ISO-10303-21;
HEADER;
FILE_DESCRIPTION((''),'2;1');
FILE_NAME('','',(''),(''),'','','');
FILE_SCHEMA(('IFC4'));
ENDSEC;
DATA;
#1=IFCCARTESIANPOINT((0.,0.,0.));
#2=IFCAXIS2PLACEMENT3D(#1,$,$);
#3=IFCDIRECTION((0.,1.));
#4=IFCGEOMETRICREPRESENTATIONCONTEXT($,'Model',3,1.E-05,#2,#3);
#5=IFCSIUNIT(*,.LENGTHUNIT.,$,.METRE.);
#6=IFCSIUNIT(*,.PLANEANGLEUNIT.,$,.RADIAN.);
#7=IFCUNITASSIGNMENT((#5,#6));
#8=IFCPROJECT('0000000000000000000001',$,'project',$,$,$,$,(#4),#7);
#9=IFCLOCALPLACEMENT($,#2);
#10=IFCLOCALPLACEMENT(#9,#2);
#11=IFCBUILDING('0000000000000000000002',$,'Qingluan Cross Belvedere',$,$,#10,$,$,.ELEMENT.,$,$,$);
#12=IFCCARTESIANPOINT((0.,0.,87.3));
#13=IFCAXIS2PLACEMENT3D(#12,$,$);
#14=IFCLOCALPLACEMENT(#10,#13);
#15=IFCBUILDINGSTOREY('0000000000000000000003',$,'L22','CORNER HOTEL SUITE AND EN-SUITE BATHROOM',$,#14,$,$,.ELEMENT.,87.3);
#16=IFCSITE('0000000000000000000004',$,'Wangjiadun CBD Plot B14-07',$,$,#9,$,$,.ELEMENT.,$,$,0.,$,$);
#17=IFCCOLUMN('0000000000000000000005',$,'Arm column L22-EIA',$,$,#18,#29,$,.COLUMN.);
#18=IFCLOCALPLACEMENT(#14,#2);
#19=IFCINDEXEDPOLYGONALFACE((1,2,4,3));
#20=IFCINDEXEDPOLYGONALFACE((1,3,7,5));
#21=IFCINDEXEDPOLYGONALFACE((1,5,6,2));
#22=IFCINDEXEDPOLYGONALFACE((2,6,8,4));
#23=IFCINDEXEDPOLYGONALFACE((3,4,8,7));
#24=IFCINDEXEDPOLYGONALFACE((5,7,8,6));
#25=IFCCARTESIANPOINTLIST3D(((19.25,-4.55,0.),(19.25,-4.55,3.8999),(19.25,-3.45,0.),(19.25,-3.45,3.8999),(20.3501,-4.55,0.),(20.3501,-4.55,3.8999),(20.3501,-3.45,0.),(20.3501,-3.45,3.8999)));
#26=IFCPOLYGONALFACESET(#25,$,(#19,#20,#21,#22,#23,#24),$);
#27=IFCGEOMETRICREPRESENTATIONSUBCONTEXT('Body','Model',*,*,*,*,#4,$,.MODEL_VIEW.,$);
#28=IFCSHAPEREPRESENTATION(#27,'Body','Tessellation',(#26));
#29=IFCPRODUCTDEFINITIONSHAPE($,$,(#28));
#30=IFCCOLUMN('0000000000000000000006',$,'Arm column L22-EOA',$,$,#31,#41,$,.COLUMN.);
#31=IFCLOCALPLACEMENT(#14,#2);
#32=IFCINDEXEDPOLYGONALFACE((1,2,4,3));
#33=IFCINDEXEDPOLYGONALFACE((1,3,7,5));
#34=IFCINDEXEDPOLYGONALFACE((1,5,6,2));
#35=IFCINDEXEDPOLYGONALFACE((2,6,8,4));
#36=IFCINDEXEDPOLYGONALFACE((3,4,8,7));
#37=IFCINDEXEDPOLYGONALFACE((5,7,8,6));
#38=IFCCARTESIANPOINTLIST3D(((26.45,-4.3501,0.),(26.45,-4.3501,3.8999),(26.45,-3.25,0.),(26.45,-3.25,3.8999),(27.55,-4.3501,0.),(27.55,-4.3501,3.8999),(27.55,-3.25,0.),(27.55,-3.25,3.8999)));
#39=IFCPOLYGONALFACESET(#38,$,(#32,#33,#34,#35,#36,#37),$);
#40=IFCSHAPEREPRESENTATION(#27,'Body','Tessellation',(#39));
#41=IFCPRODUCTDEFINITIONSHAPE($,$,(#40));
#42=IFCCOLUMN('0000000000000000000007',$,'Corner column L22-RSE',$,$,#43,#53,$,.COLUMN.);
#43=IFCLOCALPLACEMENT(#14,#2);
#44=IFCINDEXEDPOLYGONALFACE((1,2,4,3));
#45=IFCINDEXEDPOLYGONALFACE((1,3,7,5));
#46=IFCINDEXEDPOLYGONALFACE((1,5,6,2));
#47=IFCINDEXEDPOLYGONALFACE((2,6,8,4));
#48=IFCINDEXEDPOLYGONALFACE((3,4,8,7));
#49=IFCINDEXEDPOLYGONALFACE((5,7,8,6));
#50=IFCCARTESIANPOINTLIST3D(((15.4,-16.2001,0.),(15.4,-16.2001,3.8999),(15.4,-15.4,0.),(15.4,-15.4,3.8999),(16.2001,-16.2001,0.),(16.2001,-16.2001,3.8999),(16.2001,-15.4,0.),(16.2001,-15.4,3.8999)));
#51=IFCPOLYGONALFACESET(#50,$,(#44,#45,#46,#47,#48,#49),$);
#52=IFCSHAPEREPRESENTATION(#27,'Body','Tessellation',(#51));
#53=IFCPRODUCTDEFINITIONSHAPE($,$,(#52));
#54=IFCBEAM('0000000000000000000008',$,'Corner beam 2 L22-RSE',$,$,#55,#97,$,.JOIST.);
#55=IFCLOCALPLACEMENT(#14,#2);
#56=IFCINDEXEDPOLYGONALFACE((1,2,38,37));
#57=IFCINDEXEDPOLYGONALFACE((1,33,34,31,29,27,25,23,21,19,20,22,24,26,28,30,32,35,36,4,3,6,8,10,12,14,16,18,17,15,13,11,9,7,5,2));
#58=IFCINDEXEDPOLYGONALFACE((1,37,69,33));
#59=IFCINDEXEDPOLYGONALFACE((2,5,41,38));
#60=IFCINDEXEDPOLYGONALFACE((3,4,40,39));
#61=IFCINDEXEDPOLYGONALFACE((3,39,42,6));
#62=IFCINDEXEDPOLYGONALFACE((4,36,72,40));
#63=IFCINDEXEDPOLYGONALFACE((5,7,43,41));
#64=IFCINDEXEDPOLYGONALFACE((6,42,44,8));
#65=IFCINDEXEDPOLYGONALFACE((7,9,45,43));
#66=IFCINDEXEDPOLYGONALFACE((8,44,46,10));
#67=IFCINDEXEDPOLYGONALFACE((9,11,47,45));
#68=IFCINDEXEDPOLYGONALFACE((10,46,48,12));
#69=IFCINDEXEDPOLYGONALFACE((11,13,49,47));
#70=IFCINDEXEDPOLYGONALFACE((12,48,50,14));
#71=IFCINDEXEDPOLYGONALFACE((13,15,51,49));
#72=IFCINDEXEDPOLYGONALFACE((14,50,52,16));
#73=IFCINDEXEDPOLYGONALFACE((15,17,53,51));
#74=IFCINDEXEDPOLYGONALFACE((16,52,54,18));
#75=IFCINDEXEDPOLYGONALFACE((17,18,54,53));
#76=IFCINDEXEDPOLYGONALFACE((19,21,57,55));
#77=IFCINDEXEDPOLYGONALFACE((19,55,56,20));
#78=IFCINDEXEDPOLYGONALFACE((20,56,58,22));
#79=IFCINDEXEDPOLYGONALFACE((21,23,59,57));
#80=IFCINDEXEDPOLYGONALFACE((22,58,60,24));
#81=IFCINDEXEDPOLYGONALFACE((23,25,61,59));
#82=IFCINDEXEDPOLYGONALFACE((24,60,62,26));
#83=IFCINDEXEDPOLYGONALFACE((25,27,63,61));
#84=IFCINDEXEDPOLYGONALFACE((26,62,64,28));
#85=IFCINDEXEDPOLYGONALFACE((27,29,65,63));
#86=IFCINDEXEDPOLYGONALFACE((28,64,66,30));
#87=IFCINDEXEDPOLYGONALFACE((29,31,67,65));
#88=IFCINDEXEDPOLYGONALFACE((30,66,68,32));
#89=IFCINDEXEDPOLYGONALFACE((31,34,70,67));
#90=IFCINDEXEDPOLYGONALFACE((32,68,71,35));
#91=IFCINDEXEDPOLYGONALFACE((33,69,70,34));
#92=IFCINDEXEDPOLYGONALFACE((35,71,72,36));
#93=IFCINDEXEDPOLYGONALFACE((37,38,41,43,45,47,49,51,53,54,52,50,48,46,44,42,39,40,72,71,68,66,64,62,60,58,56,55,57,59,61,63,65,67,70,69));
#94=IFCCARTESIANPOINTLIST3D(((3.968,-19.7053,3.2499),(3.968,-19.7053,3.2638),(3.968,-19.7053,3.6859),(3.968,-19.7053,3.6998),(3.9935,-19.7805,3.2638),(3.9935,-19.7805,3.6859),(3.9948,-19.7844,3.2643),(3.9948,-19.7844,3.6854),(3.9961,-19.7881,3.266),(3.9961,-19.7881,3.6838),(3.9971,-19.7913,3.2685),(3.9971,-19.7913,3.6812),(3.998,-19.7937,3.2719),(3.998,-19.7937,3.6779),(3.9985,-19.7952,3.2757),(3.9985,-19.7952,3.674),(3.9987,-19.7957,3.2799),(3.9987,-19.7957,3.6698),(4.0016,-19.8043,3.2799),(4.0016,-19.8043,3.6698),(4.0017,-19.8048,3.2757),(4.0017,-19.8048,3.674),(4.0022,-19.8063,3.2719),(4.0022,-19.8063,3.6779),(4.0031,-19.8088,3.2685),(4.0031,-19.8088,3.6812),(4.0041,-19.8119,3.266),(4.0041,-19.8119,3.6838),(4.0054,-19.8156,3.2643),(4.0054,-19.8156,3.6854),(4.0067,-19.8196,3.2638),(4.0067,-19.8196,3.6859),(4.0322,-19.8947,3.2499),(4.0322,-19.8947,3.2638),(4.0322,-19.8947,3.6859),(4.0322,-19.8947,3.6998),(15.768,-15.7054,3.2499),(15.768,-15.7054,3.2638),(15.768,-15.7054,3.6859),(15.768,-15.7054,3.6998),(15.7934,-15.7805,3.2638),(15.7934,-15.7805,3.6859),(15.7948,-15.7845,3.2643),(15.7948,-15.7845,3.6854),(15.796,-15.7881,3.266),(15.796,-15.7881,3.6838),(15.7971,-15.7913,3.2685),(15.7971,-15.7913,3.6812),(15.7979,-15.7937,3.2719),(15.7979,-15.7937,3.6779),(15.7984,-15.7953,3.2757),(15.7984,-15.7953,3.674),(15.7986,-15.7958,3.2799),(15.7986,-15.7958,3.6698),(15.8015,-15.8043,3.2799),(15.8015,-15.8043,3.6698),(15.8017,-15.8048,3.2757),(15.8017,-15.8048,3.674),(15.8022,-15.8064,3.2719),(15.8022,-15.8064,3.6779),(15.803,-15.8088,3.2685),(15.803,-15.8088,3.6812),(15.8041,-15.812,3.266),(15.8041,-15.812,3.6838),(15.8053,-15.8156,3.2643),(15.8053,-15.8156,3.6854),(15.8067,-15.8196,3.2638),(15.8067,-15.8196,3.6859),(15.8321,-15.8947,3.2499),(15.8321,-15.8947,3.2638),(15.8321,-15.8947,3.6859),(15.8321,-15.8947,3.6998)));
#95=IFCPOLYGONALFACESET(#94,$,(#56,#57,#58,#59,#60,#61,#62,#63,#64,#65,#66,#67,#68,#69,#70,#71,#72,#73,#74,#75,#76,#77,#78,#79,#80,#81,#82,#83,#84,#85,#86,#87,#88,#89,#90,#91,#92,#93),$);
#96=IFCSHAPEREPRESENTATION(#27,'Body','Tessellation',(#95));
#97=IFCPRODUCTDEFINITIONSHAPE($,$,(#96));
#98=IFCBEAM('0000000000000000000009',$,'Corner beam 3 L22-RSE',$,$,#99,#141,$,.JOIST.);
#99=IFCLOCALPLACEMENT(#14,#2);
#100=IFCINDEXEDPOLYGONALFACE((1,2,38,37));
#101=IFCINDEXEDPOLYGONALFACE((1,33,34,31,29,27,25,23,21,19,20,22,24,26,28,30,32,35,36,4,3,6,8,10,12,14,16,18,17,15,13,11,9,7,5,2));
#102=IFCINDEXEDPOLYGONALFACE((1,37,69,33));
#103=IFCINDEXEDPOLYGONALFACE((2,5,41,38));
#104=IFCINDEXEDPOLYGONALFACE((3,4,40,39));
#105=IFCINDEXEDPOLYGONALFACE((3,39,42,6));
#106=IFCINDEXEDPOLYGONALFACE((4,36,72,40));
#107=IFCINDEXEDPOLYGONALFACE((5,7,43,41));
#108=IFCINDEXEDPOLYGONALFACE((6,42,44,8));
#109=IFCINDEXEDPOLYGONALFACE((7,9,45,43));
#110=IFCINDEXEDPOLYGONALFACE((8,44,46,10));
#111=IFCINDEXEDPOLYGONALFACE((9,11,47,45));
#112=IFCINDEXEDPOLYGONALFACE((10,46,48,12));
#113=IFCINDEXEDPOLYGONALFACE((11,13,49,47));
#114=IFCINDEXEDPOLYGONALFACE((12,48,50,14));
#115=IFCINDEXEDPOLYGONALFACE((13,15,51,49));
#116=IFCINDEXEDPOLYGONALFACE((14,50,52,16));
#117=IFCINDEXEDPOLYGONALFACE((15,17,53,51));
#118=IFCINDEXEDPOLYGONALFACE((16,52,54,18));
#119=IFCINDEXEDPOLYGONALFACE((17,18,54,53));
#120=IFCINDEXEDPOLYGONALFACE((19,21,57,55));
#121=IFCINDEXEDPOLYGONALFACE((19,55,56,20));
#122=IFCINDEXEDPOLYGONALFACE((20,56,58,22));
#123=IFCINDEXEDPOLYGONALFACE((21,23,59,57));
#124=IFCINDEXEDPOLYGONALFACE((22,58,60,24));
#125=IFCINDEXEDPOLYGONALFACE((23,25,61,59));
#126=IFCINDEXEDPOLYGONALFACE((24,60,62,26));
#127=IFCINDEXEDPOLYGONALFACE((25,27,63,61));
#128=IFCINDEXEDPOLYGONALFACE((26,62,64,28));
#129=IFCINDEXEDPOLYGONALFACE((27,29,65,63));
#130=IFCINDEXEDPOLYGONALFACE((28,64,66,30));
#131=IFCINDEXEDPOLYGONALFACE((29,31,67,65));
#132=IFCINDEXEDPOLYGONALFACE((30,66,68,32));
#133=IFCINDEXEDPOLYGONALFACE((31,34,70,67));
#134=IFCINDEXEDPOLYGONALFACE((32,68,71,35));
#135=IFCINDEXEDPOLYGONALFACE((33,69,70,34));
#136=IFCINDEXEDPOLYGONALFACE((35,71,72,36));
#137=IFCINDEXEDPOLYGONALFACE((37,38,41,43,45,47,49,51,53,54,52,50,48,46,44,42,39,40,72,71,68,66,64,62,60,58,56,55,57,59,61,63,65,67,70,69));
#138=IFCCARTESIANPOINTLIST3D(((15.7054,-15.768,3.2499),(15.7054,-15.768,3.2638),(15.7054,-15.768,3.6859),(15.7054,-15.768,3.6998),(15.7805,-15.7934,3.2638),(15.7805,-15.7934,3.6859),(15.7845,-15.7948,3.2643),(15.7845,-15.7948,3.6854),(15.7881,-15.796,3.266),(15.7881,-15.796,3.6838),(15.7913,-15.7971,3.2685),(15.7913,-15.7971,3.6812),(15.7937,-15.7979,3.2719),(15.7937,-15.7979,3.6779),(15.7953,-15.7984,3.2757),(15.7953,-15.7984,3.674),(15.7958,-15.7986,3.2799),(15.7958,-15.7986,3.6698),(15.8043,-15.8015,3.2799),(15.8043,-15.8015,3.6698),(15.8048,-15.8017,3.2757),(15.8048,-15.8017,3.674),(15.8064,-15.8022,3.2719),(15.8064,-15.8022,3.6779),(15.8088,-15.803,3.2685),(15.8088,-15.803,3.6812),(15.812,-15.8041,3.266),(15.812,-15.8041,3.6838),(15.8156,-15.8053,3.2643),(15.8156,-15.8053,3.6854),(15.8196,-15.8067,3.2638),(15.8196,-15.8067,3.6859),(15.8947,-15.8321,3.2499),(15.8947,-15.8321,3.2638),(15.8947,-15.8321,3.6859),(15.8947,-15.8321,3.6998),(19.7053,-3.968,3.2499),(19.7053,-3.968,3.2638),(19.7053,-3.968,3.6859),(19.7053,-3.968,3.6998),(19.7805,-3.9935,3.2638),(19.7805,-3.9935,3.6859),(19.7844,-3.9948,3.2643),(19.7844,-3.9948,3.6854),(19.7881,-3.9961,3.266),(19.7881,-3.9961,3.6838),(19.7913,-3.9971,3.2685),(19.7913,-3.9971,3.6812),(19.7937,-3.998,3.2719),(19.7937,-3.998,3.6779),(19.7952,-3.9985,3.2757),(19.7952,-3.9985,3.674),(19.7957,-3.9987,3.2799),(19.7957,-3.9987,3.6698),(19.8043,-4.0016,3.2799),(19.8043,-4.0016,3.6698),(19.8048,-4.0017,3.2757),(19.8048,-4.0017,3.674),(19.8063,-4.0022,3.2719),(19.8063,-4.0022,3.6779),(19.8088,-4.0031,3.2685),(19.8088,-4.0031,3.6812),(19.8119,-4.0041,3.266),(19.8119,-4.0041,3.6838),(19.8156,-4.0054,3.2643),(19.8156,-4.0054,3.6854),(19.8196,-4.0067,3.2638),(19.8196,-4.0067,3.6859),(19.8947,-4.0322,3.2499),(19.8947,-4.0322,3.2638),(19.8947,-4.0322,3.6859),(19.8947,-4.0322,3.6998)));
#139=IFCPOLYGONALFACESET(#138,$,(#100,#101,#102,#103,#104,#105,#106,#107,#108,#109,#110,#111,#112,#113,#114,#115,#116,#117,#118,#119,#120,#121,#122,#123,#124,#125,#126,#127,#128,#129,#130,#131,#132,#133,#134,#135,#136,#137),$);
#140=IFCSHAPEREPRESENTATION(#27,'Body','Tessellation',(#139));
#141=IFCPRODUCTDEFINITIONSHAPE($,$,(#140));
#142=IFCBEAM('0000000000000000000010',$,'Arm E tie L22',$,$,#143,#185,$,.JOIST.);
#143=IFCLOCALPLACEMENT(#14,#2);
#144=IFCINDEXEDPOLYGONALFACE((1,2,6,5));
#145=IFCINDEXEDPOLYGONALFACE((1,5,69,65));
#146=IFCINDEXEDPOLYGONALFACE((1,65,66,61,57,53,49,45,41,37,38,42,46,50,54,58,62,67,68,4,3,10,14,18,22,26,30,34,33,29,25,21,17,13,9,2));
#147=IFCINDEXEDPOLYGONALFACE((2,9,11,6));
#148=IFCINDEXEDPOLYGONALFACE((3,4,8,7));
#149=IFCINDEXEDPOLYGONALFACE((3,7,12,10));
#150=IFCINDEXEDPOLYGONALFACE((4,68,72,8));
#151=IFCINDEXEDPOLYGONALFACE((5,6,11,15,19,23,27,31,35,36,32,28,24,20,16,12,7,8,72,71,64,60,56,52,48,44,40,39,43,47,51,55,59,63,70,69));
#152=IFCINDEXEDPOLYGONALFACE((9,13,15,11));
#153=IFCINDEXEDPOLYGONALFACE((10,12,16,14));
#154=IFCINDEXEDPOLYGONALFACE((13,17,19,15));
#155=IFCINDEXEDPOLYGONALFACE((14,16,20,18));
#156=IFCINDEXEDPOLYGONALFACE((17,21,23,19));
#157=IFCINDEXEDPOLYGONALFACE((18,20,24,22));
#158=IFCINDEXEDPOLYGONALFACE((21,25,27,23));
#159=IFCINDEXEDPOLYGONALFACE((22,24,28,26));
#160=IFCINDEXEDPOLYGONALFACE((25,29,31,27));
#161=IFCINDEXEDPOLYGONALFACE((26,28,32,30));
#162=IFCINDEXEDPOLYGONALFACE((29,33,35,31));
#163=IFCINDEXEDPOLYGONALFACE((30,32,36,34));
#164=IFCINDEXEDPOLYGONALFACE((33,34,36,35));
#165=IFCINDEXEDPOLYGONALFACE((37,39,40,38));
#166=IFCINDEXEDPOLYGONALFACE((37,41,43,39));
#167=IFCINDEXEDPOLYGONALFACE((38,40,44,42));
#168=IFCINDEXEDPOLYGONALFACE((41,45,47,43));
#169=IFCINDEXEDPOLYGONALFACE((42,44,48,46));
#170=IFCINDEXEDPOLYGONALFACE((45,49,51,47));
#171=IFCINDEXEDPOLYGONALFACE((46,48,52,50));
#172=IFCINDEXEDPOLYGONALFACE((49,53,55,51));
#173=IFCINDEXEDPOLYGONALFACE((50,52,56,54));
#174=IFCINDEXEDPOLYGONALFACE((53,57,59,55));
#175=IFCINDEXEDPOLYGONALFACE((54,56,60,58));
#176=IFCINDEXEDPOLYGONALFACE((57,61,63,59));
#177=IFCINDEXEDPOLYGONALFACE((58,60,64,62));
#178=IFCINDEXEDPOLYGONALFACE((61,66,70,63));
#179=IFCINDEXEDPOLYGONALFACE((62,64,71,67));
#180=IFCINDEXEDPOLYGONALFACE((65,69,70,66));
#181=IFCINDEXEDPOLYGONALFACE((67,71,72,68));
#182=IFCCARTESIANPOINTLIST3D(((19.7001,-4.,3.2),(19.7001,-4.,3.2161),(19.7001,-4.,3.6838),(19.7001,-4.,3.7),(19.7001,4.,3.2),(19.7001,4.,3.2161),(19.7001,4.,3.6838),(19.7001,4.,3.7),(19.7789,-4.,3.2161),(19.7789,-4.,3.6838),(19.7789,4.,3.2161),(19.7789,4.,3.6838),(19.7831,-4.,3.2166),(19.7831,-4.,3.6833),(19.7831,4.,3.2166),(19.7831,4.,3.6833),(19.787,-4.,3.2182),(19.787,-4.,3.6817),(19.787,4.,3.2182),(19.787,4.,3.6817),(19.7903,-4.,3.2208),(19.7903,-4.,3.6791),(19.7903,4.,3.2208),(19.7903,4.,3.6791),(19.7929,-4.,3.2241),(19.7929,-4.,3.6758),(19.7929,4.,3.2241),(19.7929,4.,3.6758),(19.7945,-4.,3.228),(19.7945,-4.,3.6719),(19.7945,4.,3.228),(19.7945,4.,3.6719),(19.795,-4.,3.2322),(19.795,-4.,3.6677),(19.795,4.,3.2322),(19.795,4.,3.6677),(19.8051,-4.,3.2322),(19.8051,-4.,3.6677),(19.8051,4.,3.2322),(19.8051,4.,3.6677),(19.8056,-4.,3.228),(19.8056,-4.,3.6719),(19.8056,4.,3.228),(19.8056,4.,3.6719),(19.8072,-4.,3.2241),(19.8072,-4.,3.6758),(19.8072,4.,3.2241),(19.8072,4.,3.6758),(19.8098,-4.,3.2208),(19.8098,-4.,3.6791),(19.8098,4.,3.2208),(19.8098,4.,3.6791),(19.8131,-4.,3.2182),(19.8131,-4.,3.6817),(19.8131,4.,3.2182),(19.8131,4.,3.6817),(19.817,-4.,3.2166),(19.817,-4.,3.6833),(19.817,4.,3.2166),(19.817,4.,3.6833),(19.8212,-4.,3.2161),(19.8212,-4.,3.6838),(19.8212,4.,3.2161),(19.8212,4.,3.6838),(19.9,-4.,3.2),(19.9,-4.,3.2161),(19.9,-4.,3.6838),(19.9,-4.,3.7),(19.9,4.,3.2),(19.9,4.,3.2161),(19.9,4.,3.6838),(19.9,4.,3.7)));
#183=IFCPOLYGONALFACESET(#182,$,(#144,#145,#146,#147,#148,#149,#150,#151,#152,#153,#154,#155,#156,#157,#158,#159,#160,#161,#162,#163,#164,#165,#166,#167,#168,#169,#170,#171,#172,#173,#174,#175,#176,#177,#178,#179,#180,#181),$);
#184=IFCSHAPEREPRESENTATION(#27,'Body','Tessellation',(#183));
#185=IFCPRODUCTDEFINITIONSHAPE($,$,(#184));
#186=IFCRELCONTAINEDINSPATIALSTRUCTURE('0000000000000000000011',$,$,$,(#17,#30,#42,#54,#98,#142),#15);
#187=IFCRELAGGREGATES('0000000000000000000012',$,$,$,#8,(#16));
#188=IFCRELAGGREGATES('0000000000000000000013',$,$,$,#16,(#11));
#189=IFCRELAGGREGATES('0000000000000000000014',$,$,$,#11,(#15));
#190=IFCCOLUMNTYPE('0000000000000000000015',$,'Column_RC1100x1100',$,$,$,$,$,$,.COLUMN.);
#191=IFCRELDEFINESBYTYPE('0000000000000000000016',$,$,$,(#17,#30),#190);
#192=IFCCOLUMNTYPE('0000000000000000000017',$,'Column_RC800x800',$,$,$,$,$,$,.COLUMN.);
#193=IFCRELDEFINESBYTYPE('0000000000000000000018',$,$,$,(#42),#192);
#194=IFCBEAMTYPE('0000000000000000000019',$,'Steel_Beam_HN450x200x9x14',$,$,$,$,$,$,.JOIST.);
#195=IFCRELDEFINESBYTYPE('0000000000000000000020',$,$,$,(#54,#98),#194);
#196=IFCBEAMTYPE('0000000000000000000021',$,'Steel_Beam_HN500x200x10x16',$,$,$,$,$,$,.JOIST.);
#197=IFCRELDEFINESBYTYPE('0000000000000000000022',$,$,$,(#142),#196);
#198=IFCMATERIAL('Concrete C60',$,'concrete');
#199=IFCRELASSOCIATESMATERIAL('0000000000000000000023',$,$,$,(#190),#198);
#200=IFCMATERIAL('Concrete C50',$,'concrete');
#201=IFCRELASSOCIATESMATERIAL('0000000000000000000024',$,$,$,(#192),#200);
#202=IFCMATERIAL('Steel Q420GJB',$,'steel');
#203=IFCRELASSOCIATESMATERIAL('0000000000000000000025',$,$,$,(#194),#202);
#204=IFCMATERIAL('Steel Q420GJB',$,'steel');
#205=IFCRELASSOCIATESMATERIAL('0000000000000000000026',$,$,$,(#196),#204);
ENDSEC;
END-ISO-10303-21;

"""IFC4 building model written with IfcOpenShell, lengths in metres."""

from ifc_helpers import new_model, si_unit, direction, frame, origin, origin_2d, place, context, subcontext, project, spatial, rectangle, i_section, extrude, material, material_profile, profile_set, type_object, element, save


model = new_model("IFC4")

# Units and contexts
model_context = context("Model", 3, precision=1e-05, world=origin(), true_north=direction((0.0, 1.0)))
body_context = subcontext(model_context, "Body", "Model", "MODEL_VIEW")
ifc_project = project(units=[si_unit("LENGTHUNIT", "METRE"), si_unit("PLANEANGLEUNIT", "RADIAN")], contexts=[model_context])

# Site, building, storey
site_placement = place(None, origin())
site = spatial("IfcSite", under=ifc_project, at=site_placement, Name="Wangjiadun CBD Plot B14-07", CompositionType="ELEMENT", RefElevation=0.0)
building_placement = place(site_placement, origin())
building = spatial("IfcBuilding", under=site, at=building_placement, Name="Qingluan Cross Belvedere", CompositionType="ELEMENT")
storey_placement = place(building_placement, frame((0.0, 0.0, 87.3)))
storey = spatial("IfcBuildingStorey", under=building, at=storey_placement, Name="L22", Description="CORNER HOTEL SUITE AND EN-SUITE BATHROOM", CompositionType="ELEMENT", Elevation=87.3)

# Columns
ifc_material_1 = material(Name="Concrete C60", Category="concrete")
ifc_material_profile_1 = material_profile(ifc_material_1, rectangle(XDim=1.1001, YDim=1.1001, at=origin_2d()), Name="RC1100x1100")
ifc_profile_set_1 = profile_set([ifc_material_profile_1], Name="Concrete C60")
column_type_1 = type_object("IfcColumnType", Name="Column_RC1100x1100", PredefinedType="COLUMN", material=ifc_profile_set_1)
for number, where, z_axis, x_axis, name in (
    (1, (19.8, -4.0, 0.0), (0.0, 0.0, 1.0), (1.0, 0.0, 0.0), "Arm column L22-EIA"),
    (2, (27.0, -3.8, 0.0), (0.0, 0.0, 1.0), (1.0, 0.0, 0.0), "Arm column L22-EOA"),
):
    element("IfcColumn", number, at=place(storey_placement, frame(where, z_axis=z_axis, x_axis=x_axis)), inside=storey, type_object=column_type_1, Name=name, PredefinedType="COLUMN", context=body_context, shape_type="SweptSolid", body=[
        extrude(rectangle(XDim=1.1001, YDim=1.1001, at=origin_2d()), origin(), (0.0, 0.0, 1.0), 3.8999),
    ])
ifc_material_2 = material(Name="Concrete C50", Category="concrete")
ifc_material_profile_2 = material_profile(ifc_material_2, rectangle(XDim=0.8, YDim=0.8, at=origin_2d()), Name="RC800x800")
ifc_profile_set_2 = profile_set([ifc_material_profile_2], Name="Concrete C50")
column_type_2 = type_object("IfcColumnType", Name="Column_RC800x800", PredefinedType="COLUMN", material=ifc_profile_set_2)
column_placement = place(storey_placement, frame((15.8, -15.8, 0.0), z_axis=(0.0, 0.0, 1.0), x_axis=(1.0, 0.0, 0.0)))
element("IfcColumn", 3, at=column_placement, inside=storey, type_object=column_type_2, Name="Corner column L22-RSE", PredefinedType="COLUMN", context=body_context, shape_type="SweptSolid", body=[
    extrude(rectangle(XDim=0.8, YDim=0.8, at=origin_2d()), origin(), (0.0, 0.0, 1.0), 3.8999),
])

# Beams
ifc_material_3 = material(Name="Steel Q420GJB", Category="steel")
ifc_material_profile_3 = material_profile(ifc_material_3, i_section(OverallWidth=0.2, OverallDepth=0.45, WebThickness=0.009, FlangeThickness=0.0139, FilletRadius=0.0161, at=origin_2d()), Name="HN450x200x9x14")
ifc_profile_set_3 = profile_set([ifc_material_profile_3], Name="Steel Q420GJB")
beam_type_1 = type_object("IfcBeamType", Name="Steel_Beam_HN450x200x9x14", PredefinedType="JOIST", material=ifc_profile_set_3)
for number, where, z_axis, x_axis, name in (
    (4, (15.8, -15.8, 3.4749), (-0.947066, -0.321038, 0.0), (0.321038, -0.947066, 0.0), "Corner beam 2 L22-RSE"),
    (5, (15.8, -15.8, 3.4749), (0.321038, 0.947066, 0.0), (-0.947066, 0.321038, 0.0), "Corner beam 3 L22-RSE"),
):
    element("IfcBeam", number, at=place(storey_placement, frame(where, z_axis=z_axis, x_axis=x_axis)), inside=storey, type_object=beam_type_1, Name=name, PredefinedType="JOIST", context=body_context, shape_type="SweptSolid", body=[
        extrude(i_section(OverallWidth=0.2, OverallDepth=0.45, WebThickness=0.009, FlangeThickness=0.0139, FilletRadius=0.0161, at=origin_2d()), origin(), (0.0, 0.0, 1.0), 12.4595),
    ])
ifc_material_4 = material(Name="Steel Q420GJB", Category="steel")
ifc_material_profile_4 = material_profile(ifc_material_4, i_section(OverallWidth=0.2, OverallDepth=0.5, WebThickness=0.01, FlangeThickness=0.0161, FilletRadius=0.0161, at=origin_2d()), Name="HN500x200x10x16")
ifc_profile_set_4 = profile_set([ifc_material_profile_4], Name="Steel Q420GJB")
beam_type_2 = type_object("IfcBeamType", Name="Steel_Beam_HN500x200x10x16", PredefinedType="JOIST", material=ifc_profile_set_4)
beam_1_placement = place(storey_placement, frame((19.8, -4.0, 3.45), z_axis=(0.0, 1.0, 0.0), x_axis=(-1.0, 0.0, 0.0)))
element("IfcBeam", 6, at=beam_1_placement, inside=storey, type_object=beam_type_2, Name="Arm E tie L22", PredefinedType="JOIST", context=body_context, shape_type="SweptSolid", body=[
    extrude(i_section(OverallWidth=0.2, OverallDepth=0.5, WebThickness=0.01, FlangeThickness=0.0161, FilletRadius=0.0161, at=origin_2d()), origin(), (0.0, 0.0, 1.0), 8.0),
])

save(model, "model.ifc")
